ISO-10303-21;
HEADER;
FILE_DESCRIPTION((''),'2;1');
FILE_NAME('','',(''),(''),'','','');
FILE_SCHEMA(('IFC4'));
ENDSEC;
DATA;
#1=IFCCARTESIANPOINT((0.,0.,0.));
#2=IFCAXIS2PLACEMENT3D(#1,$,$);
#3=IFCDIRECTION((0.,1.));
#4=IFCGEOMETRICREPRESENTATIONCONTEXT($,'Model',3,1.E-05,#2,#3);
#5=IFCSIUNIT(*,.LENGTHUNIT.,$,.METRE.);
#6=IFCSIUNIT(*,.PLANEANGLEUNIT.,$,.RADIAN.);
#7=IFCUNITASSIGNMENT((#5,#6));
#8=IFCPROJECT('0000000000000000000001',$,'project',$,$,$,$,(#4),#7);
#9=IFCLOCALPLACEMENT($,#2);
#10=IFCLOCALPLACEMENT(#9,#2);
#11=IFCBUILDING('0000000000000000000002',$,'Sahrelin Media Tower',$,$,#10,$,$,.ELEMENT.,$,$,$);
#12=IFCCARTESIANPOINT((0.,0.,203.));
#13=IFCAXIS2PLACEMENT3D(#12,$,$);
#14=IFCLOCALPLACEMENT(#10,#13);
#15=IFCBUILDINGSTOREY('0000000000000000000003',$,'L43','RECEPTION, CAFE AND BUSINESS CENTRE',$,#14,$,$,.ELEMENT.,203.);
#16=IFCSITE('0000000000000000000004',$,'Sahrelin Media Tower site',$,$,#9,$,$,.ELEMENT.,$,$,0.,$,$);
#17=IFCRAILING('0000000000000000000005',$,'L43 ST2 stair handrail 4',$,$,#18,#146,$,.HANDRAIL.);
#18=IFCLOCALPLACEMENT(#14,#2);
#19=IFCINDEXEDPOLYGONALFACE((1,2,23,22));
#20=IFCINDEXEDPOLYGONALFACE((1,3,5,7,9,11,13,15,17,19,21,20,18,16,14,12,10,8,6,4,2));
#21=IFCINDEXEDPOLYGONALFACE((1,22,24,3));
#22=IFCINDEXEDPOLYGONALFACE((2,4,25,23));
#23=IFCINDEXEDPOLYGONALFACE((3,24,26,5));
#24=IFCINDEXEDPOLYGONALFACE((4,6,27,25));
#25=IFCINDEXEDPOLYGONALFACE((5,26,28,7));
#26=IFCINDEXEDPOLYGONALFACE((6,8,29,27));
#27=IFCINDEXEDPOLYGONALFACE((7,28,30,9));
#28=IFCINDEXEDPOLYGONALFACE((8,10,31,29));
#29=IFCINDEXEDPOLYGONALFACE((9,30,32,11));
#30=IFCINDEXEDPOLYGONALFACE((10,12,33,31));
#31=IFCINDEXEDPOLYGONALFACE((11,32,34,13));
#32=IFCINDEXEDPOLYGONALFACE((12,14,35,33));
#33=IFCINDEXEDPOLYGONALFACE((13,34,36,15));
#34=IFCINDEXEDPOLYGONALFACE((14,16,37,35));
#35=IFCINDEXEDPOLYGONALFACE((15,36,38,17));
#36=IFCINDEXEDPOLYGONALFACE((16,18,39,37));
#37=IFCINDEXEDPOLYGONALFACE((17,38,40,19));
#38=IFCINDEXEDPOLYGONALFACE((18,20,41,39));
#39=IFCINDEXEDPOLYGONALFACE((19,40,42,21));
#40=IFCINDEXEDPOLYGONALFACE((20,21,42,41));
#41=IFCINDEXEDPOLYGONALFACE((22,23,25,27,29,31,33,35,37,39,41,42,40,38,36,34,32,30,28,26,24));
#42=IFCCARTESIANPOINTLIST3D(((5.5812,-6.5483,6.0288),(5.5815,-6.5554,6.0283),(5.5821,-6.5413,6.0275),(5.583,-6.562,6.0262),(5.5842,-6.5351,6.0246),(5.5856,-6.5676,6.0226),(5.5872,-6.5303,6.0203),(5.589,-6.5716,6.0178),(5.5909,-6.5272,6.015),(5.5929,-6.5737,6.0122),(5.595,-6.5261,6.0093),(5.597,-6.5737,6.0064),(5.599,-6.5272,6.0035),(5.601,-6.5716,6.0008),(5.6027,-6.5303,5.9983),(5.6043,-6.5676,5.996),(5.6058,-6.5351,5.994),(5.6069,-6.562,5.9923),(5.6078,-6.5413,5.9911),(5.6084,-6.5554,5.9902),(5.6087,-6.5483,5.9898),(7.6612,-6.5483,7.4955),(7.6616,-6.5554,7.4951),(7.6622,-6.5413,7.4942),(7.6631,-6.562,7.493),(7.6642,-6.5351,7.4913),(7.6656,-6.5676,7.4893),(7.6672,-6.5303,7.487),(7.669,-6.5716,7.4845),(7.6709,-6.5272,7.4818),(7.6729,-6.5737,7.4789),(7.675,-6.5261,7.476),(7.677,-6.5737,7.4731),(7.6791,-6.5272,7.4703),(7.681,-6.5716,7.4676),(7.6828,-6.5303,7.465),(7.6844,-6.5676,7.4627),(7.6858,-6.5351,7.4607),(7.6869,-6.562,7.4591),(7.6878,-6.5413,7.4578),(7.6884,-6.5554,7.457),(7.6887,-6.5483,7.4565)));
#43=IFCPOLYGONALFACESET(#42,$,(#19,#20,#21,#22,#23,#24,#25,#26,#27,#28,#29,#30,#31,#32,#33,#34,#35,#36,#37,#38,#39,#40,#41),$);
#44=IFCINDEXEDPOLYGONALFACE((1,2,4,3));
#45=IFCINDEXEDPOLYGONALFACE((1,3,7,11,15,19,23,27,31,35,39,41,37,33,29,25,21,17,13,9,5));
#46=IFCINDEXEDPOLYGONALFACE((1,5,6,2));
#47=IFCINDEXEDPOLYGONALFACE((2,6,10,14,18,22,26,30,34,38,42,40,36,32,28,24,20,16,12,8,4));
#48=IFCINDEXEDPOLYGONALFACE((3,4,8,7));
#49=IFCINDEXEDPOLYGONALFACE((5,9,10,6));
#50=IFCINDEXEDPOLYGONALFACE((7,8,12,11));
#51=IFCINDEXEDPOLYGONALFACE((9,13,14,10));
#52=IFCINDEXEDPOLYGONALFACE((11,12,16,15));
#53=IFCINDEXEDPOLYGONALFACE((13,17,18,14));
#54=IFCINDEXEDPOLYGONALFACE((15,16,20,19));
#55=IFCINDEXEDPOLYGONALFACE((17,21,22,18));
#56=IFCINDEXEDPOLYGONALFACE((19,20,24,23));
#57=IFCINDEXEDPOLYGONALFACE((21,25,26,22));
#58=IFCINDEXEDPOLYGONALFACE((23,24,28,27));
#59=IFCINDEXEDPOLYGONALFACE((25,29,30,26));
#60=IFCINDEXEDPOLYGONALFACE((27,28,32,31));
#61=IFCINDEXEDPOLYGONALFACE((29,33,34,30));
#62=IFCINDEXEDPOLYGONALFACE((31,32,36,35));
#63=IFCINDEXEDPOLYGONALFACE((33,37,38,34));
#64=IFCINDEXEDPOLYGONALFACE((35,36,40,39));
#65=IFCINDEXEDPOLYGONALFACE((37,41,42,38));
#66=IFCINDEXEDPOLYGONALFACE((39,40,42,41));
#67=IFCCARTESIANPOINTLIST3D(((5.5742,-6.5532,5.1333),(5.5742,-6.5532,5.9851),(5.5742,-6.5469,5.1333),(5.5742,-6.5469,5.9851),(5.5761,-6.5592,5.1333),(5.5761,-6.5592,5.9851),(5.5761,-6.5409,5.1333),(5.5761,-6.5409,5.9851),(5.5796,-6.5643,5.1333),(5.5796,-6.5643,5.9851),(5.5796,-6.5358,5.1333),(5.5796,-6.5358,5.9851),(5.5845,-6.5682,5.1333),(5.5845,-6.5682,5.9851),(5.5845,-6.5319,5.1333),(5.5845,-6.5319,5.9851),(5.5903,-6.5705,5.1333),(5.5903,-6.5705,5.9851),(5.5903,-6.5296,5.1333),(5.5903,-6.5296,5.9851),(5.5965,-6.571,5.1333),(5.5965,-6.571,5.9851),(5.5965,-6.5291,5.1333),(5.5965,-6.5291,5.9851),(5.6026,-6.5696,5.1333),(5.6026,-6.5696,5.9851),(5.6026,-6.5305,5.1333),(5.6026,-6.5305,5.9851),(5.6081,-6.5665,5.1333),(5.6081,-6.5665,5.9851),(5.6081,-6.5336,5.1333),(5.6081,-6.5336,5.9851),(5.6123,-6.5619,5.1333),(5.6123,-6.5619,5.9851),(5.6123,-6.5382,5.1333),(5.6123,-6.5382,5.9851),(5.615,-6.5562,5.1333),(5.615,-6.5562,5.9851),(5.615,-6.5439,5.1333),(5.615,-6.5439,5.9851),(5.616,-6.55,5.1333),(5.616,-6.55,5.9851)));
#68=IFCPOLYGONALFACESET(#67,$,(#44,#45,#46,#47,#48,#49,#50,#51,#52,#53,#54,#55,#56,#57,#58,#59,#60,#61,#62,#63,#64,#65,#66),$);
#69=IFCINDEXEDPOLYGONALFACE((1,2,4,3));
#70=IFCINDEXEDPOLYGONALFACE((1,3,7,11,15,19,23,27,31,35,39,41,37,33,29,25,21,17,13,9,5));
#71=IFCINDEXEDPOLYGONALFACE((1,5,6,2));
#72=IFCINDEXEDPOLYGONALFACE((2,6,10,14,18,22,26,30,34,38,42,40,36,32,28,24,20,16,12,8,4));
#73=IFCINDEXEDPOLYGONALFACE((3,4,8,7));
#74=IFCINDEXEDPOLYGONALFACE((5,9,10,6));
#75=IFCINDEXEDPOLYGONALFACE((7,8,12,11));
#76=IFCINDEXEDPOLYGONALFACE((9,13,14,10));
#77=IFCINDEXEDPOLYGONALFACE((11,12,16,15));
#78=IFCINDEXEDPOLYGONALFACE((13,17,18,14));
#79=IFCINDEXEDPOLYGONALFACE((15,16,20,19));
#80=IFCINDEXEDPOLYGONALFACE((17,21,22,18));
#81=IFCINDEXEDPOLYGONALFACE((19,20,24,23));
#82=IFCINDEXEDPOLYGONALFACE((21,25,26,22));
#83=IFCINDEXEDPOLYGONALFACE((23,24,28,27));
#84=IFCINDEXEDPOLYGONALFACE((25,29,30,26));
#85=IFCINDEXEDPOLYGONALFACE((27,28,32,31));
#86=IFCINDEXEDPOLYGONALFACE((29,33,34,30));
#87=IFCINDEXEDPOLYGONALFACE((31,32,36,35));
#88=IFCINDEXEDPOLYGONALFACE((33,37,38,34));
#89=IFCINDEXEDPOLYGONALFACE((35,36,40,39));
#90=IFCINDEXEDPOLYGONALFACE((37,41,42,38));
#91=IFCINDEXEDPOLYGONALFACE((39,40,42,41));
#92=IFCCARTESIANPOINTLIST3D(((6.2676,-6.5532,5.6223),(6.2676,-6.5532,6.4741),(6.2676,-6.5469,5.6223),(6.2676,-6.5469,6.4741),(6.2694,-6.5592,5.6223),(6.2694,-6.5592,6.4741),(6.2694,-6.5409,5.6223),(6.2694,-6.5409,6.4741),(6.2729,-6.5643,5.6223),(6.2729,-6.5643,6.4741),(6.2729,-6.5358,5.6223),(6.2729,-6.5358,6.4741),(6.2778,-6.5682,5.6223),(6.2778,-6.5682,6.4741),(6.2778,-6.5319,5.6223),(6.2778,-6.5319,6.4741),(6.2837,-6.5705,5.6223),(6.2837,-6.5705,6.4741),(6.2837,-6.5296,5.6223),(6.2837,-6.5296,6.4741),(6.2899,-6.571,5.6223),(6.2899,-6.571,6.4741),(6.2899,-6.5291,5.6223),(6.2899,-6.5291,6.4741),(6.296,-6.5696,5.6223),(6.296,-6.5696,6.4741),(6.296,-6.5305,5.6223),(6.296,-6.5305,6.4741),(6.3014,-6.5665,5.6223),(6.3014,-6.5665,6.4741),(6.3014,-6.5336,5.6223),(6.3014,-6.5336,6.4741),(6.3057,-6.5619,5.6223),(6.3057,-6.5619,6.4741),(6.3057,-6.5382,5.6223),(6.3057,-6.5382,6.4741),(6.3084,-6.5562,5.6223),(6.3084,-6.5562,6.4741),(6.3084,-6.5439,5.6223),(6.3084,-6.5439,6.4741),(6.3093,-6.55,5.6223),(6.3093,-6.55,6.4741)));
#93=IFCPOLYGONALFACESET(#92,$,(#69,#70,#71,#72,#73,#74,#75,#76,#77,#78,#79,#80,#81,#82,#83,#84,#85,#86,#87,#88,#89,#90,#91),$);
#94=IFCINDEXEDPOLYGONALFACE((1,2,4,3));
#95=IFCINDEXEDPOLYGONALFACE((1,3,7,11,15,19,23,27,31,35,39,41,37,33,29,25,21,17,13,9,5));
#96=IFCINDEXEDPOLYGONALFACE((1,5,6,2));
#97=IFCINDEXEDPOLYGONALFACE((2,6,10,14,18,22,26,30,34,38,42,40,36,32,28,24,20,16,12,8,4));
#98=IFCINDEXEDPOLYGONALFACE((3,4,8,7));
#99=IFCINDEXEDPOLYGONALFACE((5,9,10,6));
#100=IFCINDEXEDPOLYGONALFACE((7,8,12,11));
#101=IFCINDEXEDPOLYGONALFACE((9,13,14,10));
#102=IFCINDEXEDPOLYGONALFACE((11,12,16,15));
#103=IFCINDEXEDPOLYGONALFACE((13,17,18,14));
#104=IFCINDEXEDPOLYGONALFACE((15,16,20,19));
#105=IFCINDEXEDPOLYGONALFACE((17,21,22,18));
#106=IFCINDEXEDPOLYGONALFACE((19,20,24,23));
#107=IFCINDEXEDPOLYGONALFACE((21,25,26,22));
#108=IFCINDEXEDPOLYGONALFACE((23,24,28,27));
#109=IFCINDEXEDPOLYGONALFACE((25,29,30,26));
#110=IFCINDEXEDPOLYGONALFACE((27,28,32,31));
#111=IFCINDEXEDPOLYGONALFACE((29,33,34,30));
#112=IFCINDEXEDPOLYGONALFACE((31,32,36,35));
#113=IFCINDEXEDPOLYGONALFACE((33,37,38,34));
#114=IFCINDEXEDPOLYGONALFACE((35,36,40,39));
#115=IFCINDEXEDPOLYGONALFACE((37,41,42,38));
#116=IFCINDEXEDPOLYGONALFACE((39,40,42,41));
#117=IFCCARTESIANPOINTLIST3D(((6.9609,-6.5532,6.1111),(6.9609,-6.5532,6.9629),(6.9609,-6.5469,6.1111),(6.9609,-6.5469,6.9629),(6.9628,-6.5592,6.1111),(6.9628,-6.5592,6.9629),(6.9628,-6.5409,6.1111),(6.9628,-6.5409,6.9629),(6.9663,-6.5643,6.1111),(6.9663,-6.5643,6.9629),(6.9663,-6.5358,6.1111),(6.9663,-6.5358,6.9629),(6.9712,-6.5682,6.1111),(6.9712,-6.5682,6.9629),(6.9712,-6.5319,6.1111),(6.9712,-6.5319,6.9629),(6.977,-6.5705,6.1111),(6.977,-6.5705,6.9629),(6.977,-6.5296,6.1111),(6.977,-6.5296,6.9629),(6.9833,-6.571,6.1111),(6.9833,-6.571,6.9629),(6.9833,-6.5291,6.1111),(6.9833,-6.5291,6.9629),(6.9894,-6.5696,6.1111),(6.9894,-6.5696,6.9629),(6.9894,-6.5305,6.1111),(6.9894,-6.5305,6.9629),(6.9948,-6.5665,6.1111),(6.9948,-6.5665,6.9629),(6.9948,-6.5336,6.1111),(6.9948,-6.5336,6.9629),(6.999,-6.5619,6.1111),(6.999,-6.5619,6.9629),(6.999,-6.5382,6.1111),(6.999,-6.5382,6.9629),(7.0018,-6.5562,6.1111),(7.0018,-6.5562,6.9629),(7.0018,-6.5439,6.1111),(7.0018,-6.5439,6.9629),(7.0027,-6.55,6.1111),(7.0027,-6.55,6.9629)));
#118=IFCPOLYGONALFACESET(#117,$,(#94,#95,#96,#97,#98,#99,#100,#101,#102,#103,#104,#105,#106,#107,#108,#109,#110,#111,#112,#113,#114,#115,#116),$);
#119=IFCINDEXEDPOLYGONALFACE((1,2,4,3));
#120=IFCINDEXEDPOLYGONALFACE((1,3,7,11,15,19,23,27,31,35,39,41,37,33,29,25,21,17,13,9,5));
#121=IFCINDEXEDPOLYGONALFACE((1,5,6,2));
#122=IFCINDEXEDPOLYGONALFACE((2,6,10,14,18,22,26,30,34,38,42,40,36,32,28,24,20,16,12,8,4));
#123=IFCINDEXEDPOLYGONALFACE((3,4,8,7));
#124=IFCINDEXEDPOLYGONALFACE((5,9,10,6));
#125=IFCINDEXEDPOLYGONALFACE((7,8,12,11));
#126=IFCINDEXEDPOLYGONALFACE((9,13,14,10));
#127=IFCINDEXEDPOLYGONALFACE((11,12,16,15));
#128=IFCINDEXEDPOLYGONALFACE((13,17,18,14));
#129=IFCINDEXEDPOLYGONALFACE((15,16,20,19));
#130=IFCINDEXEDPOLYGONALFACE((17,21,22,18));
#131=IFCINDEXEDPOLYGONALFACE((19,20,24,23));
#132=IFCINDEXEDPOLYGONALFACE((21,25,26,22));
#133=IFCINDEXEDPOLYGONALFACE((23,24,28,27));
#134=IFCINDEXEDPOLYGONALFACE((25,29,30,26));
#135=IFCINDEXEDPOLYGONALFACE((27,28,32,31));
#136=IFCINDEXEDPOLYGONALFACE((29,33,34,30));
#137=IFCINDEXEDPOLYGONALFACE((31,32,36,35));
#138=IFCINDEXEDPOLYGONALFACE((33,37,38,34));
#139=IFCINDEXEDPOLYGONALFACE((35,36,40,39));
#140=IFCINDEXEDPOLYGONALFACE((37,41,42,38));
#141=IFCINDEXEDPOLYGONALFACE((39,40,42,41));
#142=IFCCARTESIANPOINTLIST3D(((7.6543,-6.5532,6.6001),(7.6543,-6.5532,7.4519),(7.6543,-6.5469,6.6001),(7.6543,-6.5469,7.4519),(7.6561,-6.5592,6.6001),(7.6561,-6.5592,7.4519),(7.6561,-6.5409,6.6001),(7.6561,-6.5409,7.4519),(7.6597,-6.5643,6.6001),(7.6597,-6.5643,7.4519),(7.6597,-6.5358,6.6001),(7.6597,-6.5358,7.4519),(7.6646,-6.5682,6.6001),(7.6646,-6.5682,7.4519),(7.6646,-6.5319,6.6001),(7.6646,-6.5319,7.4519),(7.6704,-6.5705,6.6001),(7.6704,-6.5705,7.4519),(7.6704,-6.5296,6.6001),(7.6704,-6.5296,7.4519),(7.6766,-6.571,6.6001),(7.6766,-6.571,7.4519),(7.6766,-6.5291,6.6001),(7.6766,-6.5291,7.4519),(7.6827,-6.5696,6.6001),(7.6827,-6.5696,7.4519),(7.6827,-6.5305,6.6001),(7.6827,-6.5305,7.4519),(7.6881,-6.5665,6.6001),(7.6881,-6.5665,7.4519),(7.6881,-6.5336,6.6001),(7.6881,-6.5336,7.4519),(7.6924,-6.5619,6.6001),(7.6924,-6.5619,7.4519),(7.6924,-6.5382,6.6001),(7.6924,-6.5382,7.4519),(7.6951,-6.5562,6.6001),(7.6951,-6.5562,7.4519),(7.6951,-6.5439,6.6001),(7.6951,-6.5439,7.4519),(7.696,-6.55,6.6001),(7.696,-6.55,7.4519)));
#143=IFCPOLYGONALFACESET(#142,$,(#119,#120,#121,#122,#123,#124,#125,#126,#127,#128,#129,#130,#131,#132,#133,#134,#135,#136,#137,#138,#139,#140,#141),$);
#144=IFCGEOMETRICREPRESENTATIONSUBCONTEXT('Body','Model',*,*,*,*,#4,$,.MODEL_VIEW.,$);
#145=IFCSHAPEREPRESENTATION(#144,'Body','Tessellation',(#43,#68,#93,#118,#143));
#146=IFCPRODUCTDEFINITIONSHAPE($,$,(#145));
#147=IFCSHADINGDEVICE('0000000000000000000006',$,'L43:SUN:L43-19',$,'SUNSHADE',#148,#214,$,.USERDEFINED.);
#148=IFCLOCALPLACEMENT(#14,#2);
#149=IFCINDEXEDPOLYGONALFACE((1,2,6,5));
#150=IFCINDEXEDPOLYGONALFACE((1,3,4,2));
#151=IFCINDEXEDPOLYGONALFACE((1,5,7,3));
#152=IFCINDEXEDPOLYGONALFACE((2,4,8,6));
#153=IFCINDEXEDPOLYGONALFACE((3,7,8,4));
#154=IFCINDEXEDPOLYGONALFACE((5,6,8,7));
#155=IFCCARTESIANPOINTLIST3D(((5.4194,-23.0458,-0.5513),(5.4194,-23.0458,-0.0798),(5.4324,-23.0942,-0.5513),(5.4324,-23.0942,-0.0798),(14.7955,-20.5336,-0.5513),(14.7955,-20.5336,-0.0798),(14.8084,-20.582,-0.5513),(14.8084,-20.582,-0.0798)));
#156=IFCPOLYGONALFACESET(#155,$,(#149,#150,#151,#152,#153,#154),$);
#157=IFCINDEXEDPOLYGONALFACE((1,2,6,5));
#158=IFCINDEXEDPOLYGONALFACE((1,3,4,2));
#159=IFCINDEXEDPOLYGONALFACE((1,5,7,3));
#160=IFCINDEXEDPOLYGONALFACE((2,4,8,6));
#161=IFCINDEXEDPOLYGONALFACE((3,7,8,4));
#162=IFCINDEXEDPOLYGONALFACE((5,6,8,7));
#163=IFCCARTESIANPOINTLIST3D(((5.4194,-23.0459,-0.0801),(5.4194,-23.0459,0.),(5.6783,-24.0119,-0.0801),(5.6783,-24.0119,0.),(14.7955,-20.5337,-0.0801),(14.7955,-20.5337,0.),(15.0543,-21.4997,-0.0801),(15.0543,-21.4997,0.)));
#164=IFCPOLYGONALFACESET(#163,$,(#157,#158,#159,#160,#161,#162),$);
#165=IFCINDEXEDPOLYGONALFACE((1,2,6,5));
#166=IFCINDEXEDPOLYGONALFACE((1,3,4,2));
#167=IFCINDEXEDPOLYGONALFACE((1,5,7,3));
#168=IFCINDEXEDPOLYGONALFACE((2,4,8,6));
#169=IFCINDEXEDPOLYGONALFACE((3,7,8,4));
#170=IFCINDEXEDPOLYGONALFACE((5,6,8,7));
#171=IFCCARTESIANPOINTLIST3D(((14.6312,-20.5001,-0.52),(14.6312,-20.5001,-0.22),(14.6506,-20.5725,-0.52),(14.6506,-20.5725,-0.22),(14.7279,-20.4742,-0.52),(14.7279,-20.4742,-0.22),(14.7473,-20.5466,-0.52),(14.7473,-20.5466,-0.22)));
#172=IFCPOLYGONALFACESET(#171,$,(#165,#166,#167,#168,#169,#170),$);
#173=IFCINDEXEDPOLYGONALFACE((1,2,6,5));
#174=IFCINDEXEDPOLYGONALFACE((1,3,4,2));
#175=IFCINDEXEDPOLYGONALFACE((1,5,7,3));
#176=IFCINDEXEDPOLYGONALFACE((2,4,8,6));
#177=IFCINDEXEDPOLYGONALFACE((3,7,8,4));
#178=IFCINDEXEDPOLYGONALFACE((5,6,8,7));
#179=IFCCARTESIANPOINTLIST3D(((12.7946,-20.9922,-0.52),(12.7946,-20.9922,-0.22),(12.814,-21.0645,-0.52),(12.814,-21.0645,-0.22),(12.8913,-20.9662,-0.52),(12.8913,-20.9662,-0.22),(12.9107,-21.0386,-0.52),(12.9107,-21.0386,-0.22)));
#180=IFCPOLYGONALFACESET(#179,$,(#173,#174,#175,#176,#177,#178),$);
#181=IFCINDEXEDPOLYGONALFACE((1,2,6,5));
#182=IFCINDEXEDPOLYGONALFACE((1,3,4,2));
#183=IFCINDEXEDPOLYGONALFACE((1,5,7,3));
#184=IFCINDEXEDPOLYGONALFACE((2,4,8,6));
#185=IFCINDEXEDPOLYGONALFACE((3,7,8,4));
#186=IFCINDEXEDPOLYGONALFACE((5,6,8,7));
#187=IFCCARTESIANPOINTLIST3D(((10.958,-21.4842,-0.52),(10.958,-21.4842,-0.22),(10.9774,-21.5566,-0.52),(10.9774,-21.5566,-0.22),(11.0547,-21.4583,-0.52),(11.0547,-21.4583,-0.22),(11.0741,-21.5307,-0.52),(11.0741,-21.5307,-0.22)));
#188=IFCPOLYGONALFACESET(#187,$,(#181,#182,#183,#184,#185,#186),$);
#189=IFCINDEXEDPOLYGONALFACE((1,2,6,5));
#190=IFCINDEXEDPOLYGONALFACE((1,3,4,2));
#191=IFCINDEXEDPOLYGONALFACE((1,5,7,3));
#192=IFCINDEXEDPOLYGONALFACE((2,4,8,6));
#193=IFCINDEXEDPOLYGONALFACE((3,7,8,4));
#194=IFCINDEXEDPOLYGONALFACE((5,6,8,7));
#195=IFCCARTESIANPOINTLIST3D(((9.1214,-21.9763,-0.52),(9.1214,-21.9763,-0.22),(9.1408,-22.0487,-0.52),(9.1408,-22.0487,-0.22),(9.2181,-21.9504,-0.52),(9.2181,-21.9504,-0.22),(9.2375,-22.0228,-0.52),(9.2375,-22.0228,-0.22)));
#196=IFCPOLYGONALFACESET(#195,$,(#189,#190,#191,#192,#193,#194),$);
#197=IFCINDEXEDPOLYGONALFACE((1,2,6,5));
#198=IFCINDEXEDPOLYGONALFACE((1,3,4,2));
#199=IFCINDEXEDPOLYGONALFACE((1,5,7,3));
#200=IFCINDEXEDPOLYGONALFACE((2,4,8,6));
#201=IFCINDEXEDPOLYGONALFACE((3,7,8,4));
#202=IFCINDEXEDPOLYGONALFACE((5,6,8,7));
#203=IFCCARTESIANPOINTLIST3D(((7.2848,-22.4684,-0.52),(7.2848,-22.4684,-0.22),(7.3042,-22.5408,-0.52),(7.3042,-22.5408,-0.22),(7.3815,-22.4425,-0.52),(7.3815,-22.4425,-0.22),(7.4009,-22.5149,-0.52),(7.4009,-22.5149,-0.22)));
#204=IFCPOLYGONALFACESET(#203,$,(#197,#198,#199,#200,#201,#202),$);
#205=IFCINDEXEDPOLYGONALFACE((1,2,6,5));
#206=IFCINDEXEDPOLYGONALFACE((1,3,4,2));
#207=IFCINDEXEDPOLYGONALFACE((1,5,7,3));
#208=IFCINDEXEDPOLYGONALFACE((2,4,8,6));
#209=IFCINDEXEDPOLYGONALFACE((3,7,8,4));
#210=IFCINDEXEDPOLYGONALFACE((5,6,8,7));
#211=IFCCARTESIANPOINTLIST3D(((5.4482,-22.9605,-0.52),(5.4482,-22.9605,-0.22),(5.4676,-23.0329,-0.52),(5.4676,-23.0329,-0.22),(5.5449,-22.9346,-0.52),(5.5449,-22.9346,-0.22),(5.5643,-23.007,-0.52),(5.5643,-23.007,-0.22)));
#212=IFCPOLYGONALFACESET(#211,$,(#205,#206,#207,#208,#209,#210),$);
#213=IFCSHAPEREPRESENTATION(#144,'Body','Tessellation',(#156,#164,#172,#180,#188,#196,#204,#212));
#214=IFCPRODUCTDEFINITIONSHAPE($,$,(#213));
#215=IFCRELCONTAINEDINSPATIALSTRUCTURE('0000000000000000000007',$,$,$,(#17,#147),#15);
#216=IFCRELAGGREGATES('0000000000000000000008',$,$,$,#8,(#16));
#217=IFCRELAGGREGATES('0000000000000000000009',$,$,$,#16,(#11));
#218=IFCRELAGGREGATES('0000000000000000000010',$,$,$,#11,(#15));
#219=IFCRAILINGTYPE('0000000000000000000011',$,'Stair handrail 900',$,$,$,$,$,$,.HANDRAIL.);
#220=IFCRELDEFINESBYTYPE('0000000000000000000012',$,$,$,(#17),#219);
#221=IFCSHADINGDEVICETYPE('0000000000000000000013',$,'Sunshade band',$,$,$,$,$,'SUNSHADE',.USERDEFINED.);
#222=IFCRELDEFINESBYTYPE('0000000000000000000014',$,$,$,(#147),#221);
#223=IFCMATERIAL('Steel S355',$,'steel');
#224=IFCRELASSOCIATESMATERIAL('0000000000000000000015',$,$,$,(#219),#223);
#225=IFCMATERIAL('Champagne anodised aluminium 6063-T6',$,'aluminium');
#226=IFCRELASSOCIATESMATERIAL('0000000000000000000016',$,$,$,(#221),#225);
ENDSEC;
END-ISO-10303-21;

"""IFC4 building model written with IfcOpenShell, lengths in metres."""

from ifc_helpers import new_model, si_unit, direction, frame, origin, origin_2d, place, context, subcontext, project, spatial, rectangle, circle, extrude, material, type_object, element, save


model = new_model("IFC4")

# Units and contexts
model_context = context("Model", 3, precision=1e-05, world=origin(), true_north=direction((0.0, 1.0)))
body_context = subcontext(model_context, "Body", "Model", "MODEL_VIEW")
ifc_project = project(units=[si_unit("LENGTHUNIT", "METRE"), si_unit("PLANEANGLEUNIT", "RADIAN")], contexts=[model_context])

# Site, building, storey
site_placement = place(None, origin())
site = spatial("IfcSite", under=ifc_project, at=site_placement, Name="Sahrelin Media Tower site", CompositionType="ELEMENT", RefElevation=0.0)
building_placement = place(site_placement, origin())
building = spatial("IfcBuilding", under=site, at=building_placement, Name="Sahrelin Media Tower", CompositionType="ELEMENT")
storey_placement = place(building_placement, frame((0.0, 0.0, 203.0)))
storey = spatial("IfcBuildingStorey", under=building, at=storey_placement, Name="L43", Description="RECEPTION, CAFE AND BUSINESS CENTRE", CompositionType="ELEMENT", Elevation=203.0)

# Shared definitions
ifc_material_1 = material(Name="Steel S355", Category="steel")

# Shared definitions
ifc_material_2 = material(Name="Champagne anodised aluminium 6063-T6", Category="aluminium")

# Shared definitions
placement = place(storey_placement, frame((10.1023, -21.7705, 0.0), z_axis=(0.0, 0.0, 1.0), x_axis=(-0.965929, -0.258808, 0.0)))

# Railing
railing_type_1 = type_object("IfcRailingType", Name="Stair handrail 900", PredefinedType="HANDRAIL", material=ifc_material_1)
for number, where, name in (
    (1, (5.595, -6.55, 5.1333), "L43 ST2 stair handrail 4"),
):
    element("IfcRailing", number, at=place(storey_placement, frame(where)), inside=storey, type_object=railing_type_1, Name=name, PredefinedType="HANDRAIL", context=body_context, shape_type="SweptSolid", body=[
        extrude(circle(Radius=0.0239, at=origin_2d()), frame((0.0, 0.0, 0.876), z_axis=(0.817244, 0.0, 0.576291), x_axis=(0.0, 1.0, 0.0)), (0.0, 0.0, 1.0), 2.5452),
        extrude(circle(Radius=0.021, at=origin_2d()), origin(), (0.0, 0.0, 1.0), 0.8518),
        extrude(circle(Radius=0.021, at=origin_2d()), frame((0.6934, 0.0, 0.489)), (0.0, 0.0, 1.0), 0.8518),
        extrude(circle(Radius=0.021, at=origin_2d()), frame((1.3867, 0.0, 0.9778)), (0.0, 0.0, 1.0), 0.8518),
        extrude(circle(Radius=0.021, at=origin_2d()), frame((2.0801, 0.0, 1.4668)), (0.0, 0.0, 1.0), 0.8518),
    ])

# Shading device
shading_device_type_1 = type_object("IfcShadingDeviceType", Name="Sunshade band", ElementType="SUNSHADE", PredefinedType="USERDEFINED", material=ifc_material_2)
element("IfcShadingDevice", 2, at=placement, inside=storey, type_object=shading_device_type_1, Name="L43:SUN:L43-19", ObjectType="SUNSHADE", PredefinedType="USERDEFINED", context=body_context, shape_type="SweptSolid", body=[
    extrude(rectangle(XDim=9.7068, YDim=0.05, at=origin_2d()), frame((0.0, 0.0449, -0.5513)), (0.0, 0.0, 1.0), 0.4714),
    extrude(rectangle(XDim=9.7068, YDim=1.0, at=origin_2d()), frame((0.0, 0.52, -0.0801)), (0.0, 0.0, 1.0), 0.0801),
    extrude(rectangle(XDim=0.1001, YDim=0.075, at=origin_2d()), frame((-4.7534, -0.0176, -0.52)), (0.0, 0.0, 1.0), 0.3),
    extrude(rectangle(XDim=0.1001, YDim=0.075, at=origin_2d()), frame((-2.8521, -0.0176, -0.52)), (0.0, 0.0, 1.0), 0.3),
    extrude(rectangle(XDim=0.1001, YDim=0.075, at=origin_2d()), frame((-0.9507, -0.0176, -0.52)), (0.0, 0.0, 1.0), 0.3),
    extrude(rectangle(XDim=0.1001, YDim=0.075, at=origin_2d()), frame((0.9507, -0.0176, -0.52)), (0.0, 0.0, 1.0), 0.3),
    extrude(rectangle(XDim=0.1001, YDim=0.075, at=origin_2d()), frame((2.8521, -0.0176, -0.52)), (0.0, 0.0, 1.0), 0.3),
    extrude(rectangle(XDim=0.1001, YDim=0.075, at=origin_2d()), frame((4.7534, -0.0176, -0.52)), (0.0, 0.0, 1.0), 0.3),
])

save(model, "model.ifc")
